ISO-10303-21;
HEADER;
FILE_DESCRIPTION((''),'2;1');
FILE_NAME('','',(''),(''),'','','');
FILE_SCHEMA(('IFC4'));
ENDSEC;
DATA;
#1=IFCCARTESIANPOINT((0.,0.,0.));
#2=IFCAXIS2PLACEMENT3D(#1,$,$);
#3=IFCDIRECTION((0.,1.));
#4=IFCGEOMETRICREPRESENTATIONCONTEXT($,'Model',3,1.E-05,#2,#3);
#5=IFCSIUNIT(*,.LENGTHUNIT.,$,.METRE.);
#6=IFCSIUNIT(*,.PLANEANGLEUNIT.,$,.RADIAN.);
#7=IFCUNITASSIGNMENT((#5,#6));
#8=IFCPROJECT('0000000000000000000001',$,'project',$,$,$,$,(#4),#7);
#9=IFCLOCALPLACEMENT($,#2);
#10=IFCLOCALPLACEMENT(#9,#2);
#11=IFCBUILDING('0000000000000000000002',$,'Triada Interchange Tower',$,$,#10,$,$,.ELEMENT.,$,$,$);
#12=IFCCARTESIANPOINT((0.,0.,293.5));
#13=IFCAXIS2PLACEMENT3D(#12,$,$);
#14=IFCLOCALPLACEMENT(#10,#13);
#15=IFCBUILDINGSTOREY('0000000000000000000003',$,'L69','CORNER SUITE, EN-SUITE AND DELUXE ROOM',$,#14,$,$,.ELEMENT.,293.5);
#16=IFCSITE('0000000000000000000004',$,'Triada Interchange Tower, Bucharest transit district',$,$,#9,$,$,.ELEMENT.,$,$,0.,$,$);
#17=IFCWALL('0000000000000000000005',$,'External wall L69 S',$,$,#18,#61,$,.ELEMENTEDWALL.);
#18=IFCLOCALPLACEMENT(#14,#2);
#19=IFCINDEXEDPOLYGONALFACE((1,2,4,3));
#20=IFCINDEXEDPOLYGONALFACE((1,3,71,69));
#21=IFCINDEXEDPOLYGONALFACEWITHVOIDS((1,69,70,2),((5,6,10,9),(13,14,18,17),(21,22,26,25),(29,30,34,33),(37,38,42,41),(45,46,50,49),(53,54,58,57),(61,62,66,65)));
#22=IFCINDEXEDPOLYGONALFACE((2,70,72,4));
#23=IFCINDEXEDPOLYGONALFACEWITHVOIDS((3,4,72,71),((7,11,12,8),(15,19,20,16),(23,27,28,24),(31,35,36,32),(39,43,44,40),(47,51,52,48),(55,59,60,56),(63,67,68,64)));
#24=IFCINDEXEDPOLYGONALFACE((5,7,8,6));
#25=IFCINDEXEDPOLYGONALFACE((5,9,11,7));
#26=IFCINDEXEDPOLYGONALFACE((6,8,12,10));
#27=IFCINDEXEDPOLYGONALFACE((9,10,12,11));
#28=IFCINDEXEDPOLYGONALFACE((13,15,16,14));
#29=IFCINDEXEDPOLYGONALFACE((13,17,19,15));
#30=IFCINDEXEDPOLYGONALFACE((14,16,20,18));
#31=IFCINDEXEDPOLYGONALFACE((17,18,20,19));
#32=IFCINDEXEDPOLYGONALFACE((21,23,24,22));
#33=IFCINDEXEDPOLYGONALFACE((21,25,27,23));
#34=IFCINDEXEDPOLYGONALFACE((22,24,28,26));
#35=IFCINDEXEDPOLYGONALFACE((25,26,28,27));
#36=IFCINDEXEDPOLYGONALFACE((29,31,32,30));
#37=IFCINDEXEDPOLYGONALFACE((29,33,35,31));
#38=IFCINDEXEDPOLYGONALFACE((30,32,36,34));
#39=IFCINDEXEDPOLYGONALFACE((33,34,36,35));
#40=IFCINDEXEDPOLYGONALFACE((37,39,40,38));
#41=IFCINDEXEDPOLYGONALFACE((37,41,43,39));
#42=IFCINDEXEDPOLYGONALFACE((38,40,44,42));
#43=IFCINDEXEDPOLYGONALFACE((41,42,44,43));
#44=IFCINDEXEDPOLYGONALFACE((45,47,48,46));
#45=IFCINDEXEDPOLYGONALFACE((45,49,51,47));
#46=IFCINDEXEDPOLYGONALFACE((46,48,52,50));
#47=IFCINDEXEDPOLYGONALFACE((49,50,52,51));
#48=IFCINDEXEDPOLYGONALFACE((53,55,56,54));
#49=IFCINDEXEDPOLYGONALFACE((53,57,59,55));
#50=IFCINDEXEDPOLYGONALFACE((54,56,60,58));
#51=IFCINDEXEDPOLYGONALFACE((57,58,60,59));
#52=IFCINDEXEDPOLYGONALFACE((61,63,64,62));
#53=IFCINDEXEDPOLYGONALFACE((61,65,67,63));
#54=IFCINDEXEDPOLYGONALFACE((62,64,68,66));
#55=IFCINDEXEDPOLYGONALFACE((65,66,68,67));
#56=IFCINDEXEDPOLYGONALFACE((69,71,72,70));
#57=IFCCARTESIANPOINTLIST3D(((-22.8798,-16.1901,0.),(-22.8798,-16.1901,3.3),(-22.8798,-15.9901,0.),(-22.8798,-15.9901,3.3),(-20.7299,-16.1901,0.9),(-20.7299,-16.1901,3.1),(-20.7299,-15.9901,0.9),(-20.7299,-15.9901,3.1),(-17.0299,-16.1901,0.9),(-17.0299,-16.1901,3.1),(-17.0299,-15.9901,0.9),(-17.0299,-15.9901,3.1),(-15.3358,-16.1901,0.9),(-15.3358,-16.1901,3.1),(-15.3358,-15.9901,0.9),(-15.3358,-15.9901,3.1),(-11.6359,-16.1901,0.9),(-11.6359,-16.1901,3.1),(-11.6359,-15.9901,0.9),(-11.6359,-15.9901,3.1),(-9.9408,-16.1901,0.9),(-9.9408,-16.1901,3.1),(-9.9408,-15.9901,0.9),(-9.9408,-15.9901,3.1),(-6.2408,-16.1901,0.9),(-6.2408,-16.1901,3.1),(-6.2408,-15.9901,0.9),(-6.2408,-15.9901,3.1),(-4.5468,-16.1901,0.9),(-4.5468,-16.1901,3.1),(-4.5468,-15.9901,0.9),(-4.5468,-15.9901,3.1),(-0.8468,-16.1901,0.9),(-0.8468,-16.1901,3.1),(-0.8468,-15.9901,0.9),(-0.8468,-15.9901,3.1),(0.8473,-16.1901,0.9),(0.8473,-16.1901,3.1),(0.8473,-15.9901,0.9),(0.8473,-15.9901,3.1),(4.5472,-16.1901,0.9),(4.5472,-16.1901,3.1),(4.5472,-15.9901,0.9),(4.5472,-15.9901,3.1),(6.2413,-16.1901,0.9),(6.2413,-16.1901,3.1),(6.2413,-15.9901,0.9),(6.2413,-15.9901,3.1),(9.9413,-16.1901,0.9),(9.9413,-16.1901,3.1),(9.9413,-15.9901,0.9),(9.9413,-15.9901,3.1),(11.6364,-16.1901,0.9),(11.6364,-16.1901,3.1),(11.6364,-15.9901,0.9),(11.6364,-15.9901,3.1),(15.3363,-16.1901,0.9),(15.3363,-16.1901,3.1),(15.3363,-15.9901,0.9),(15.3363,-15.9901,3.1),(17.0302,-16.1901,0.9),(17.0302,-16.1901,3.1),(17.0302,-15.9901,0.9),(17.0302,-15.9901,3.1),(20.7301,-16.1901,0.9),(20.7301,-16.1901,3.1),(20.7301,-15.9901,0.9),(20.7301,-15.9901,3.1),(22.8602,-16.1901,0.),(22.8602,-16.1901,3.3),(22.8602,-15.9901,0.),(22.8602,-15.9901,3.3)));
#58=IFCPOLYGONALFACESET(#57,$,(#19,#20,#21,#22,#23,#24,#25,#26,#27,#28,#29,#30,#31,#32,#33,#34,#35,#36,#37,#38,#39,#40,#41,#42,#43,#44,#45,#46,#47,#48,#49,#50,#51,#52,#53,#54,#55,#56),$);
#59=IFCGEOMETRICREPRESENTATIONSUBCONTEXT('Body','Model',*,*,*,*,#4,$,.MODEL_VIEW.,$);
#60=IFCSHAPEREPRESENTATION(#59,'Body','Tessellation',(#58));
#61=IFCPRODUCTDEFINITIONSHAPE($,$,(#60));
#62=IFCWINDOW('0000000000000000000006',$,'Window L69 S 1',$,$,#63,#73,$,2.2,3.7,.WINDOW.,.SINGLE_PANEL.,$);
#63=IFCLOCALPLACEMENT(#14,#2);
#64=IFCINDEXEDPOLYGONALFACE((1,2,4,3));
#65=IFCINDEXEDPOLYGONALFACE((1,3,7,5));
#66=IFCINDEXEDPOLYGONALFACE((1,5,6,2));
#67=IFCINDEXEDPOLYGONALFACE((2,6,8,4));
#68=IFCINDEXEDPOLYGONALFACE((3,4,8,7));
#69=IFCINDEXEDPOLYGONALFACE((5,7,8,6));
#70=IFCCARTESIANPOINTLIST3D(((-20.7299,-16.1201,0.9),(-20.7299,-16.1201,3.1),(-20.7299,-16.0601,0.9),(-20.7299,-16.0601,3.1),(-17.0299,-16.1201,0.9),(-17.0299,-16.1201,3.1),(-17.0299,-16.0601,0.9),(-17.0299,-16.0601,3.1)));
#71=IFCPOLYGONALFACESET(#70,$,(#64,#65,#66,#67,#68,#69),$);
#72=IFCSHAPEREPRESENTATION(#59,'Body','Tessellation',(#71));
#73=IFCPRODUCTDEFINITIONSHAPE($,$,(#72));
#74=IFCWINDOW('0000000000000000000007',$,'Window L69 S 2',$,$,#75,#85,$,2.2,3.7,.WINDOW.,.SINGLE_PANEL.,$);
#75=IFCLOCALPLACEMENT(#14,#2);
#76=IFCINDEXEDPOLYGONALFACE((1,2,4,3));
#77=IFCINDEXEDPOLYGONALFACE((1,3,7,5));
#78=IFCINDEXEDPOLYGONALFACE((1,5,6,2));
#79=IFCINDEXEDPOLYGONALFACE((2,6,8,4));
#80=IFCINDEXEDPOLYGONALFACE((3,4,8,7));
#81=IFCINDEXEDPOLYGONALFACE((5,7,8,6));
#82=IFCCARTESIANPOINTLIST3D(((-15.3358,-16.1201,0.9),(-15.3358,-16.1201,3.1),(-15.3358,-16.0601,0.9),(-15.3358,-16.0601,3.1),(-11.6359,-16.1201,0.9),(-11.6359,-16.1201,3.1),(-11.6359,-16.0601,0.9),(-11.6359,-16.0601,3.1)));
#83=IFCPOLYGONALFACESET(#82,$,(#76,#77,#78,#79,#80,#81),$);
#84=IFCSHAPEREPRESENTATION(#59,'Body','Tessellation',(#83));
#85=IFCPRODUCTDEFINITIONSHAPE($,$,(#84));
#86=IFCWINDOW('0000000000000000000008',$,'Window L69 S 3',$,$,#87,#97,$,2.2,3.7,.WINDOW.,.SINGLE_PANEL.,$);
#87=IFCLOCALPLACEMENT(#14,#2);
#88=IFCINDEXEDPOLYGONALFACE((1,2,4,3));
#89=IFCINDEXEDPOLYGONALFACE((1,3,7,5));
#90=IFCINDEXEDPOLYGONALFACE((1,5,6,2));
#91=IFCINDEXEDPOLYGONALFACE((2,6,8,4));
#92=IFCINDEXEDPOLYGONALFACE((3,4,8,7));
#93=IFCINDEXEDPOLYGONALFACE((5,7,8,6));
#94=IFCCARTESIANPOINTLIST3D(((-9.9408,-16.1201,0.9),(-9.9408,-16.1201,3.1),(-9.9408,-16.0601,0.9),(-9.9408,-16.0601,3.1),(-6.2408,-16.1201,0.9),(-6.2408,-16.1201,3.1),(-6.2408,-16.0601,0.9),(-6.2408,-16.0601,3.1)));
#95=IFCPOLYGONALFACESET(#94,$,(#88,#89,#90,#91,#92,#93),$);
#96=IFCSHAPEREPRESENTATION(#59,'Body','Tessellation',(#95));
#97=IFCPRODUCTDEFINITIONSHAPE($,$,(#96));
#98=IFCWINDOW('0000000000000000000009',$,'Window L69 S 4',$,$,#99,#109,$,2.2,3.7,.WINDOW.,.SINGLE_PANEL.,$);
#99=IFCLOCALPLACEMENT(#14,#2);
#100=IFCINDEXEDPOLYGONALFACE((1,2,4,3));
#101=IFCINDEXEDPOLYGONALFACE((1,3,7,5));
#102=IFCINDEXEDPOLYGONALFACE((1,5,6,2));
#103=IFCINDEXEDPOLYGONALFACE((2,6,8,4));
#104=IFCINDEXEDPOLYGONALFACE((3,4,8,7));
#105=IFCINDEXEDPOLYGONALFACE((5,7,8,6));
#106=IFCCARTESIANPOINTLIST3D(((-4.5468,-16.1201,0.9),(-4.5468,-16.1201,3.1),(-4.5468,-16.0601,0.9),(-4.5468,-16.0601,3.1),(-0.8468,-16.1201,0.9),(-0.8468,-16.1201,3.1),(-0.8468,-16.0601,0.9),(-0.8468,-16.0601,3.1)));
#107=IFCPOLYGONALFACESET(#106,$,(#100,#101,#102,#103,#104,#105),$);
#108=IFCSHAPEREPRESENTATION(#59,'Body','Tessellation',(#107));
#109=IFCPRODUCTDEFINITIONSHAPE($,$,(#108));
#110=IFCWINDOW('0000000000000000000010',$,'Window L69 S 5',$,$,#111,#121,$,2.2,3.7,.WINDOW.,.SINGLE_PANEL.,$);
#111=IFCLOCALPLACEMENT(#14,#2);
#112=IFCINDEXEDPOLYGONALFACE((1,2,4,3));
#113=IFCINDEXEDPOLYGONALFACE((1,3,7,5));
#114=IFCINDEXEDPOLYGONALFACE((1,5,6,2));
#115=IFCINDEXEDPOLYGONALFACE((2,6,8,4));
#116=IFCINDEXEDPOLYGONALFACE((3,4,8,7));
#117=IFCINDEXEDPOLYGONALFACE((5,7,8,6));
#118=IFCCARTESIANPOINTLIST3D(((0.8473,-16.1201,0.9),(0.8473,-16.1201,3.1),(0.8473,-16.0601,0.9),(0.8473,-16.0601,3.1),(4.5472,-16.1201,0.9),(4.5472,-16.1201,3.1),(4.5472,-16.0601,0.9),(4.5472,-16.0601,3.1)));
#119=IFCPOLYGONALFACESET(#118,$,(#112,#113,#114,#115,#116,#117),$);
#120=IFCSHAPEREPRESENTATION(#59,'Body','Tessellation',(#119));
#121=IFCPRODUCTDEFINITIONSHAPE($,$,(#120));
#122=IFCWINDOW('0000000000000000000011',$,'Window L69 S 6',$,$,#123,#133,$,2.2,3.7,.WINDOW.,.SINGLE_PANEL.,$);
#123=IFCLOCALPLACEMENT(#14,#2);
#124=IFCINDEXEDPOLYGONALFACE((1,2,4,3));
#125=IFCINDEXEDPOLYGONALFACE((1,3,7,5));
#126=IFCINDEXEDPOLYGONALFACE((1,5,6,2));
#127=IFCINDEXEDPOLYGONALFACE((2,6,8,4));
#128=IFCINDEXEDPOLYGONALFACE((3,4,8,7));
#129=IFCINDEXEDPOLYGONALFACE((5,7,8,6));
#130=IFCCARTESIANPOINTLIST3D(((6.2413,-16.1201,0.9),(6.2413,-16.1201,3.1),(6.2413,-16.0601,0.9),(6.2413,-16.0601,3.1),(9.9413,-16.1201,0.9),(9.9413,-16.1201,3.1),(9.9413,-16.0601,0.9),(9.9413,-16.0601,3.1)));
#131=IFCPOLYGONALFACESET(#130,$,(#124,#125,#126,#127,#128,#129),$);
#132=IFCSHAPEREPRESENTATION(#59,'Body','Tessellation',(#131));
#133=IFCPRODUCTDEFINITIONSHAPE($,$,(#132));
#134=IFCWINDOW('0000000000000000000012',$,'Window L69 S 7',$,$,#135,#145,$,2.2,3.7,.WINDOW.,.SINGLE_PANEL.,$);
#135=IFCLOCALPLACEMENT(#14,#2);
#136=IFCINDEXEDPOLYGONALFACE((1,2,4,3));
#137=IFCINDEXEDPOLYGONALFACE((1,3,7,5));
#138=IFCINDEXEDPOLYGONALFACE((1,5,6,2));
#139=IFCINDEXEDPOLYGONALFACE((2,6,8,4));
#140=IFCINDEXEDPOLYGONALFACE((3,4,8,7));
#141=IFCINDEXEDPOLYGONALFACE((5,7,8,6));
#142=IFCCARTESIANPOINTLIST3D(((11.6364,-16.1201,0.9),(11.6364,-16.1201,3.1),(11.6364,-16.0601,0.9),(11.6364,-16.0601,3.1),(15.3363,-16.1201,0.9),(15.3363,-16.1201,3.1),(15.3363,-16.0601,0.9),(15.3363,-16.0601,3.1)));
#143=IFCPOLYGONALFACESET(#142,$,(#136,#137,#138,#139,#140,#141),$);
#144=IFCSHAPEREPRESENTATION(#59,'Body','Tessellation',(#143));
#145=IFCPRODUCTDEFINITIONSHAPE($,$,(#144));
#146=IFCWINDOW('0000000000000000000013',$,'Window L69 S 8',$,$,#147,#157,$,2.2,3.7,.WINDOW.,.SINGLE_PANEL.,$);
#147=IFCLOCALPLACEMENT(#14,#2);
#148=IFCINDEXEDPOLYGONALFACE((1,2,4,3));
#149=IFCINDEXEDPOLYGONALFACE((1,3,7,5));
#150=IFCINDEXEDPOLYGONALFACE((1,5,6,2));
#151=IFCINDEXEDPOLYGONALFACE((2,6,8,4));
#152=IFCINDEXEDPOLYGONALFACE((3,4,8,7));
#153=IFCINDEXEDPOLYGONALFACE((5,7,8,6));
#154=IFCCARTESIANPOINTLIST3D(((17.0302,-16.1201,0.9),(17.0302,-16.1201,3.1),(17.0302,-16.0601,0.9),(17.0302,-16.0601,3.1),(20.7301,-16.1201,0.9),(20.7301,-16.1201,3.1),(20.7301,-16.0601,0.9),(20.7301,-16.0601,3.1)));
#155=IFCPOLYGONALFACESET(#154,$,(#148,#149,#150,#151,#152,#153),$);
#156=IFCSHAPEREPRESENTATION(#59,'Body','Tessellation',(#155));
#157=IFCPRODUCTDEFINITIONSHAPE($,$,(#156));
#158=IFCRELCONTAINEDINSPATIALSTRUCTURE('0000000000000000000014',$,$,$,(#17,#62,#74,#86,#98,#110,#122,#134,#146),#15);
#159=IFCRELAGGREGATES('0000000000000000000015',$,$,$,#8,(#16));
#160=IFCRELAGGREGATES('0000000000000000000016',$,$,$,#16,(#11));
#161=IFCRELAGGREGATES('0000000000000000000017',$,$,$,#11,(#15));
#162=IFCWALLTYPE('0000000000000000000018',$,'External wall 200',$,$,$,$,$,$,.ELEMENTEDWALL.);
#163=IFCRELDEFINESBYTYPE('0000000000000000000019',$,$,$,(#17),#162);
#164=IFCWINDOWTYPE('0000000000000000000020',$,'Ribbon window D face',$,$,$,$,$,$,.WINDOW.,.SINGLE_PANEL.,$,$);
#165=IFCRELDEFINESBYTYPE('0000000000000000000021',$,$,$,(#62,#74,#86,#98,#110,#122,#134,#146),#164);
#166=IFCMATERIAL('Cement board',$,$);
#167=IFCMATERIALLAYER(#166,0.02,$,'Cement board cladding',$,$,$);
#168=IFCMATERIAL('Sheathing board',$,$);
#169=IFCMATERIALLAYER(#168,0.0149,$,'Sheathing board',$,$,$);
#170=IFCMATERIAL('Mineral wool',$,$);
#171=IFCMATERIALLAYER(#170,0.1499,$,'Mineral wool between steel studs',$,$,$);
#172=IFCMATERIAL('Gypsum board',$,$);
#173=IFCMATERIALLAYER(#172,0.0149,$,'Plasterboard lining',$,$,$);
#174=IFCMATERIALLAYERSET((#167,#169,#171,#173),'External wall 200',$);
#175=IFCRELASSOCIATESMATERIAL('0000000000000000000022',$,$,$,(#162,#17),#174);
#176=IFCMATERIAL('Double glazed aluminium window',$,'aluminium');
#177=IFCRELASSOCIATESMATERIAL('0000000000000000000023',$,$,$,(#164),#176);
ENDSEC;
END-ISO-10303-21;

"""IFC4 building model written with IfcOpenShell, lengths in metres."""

from ifc_helpers import new_model, si_unit, direction, frame, frame_2d, origin, place, context, subcontext, project, spatial, rectangle, extrude, material, layer, layer_set, layer_usage, type_object, element, fill, save


model = new_model("IFC4")

# Units and contexts
model_context = context("Model", 3, precision=1e-05, world=origin(), true_north=direction((0.0, 1.0)))
body_context = subcontext(model_context, "Body", "Model", "MODEL_VIEW")
ifc_project = project(units=[si_unit("LENGTHUNIT", "METRE"), si_unit("PLANEANGLEUNIT", "RADIAN")], contexts=[model_context])

# Site, building, storey
site_placement = place(None, origin())
site = spatial("IfcSite", under=ifc_project, at=site_placement, Name="Triada Interchange Tower, Bucharest transit district", CompositionType="ELEMENT", RefElevation=0.0)
building_placement = place(site_placement, origin())
building = spatial("IfcBuilding", under=site, at=building_placement, Name="Triada Interchange Tower", CompositionType="ELEMENT")
storey_placement = place(building_placement, frame((0.0, 0.0, 293.5)))
storey = spatial("IfcBuildingStorey", under=building, at=storey_placement, Name="L69", Description="CORNER SUITE, EN-SUITE AND DELUXE ROOM", CompositionType="ELEMENT", Elevation=293.5)

# Shared definitions
ifc_material_1 = material(Name="Cement board")
ifc_layer_1 = layer(ifc_material_1, 0.02, Name="Cement board cladding")
ifc_material_2 = material(Name="Sheathing board")
ifc_layer_2 = layer(ifc_material_2, 0.0149, Name="Sheathing board")
ifc_material_3 = material(Name="Mineral wool")
ifc_layer_3 = layer(ifc_material_3, 0.1499, Name="Mineral wool between steel studs")
ifc_material_4 = material(Name="Gypsum board")
ifc_layer_4 = layer(ifc_material_4, 0.0149, Name="Plasterboard lining")
ifc_layer_set_1 = layer_set([ifc_layer_1, ifc_layer_2, ifc_layer_3, ifc_layer_4], Name="External wall 200")
ifc_layer_usage = layer_usage(ifc_layer_set_1, "AXIS2", "POSITIVE", -0.1001)
wall_type = type_object("IfcWallType", Name="External wall 200", PredefinedType="ELEMENTEDWALL", material=ifc_layer_set_1)
ifc_material_5 = material(Name="Double glazed aluminium window", Category="aluminium")

# Wall, openings, windows
wall_1_placement = place(storey_placement, frame((-22.8799, -16.0901, 0.0), z_axis=(0.0, 0.0, 1.0), x_axis=(1.0, 0.0, 0.0)))
wall_1 = element("IfcWall", 1, at=wall_1_placement, inside=storey, type_object=wall_type, material=ifc_layer_usage, Name="External wall L69 S", PredefinedType="ELEMENTEDWALL", context=body_context, shape_type="SweptSolid", body=[
    extrude(rectangle(XDim=45.74, YDim=0.2, at=frame_2d((22.8701, 0.0))), origin(), (0.0, 0.0, 1.0), 3.3),
])
opening_1_placement = place(wall_1_placement, frame((2.1499, 0.0, 0.8999)))
opening_1 = element("IfcOpeningElement", 2, at=opening_1_placement, cuts=wall_1, PredefinedType="OPENING", context=body_context, shape_type="SweptSolid", body=[
    extrude(rectangle(XDim=3.7, YDim=2.2, at=frame_2d((1.8501, 1.1001))), frame((0.0, 0.1099, 0.0), z_axis=(0.0, -1.0, 0.0), x_axis=(1.0, 0.0, 0.0)), (0.0, 0.0, 1.0), 0.22),
])
opening_2_placement = place(wall_1_placement, frame((7.5439, 0.0, 0.8999)))
opening_2 = element("IfcOpeningElement", 3, at=opening_2_placement, cuts=wall_1, PredefinedType="OPENING", context=body_context, shape_type="SweptSolid", body=[
    extrude(rectangle(XDim=3.7, YDim=2.2, at=frame_2d((1.8501, 1.1001))), frame((0.0, 0.1099, 0.0), z_axis=(0.0, -1.0, 0.0), x_axis=(1.0, 0.0, 0.0)), (0.0, 0.0, 1.0), 0.22),
])
opening_3_placement = place(wall_1_placement, frame((12.939, 0.0, 0.8999)))
opening_3 = element("IfcOpeningElement", 4, at=opening_3_placement, cuts=wall_1, PredefinedType="OPENING", context=body_context, shape_type="SweptSolid", body=[
    extrude(rectangle(XDim=3.7, YDim=2.2, at=frame_2d((1.8501, 1.1001))), frame((0.0, 0.1099, 0.0), z_axis=(0.0, -1.0, 0.0), x_axis=(1.0, 0.0, 0.0)), (0.0, 0.0, 1.0), 0.22),
])
opening_4_placement = place(wall_1_placement, frame((18.333, 0.0, 0.8999)))
opening_4 = element("IfcOpeningElement", 5, at=opening_4_placement, cuts=wall_1, PredefinedType="OPENING", context=body_context, shape_type="SweptSolid", body=[
    extrude(rectangle(XDim=3.7, YDim=2.2, at=frame_2d((1.8501, 1.1001))), frame((0.0, 0.1099, 0.0), z_axis=(0.0, -1.0, 0.0), x_axis=(1.0, 0.0, 0.0)), (0.0, 0.0, 1.0), 0.22),
])
opening_5_placement = place(wall_1_placement, frame((23.7271, 0.0, 0.8999)))
opening_5 = element("IfcOpeningElement", 6, at=opening_5_placement, cuts=wall_1, PredefinedType="OPENING", context=body_context, shape_type="SweptSolid", body=[
    extrude(rectangle(XDim=3.7, YDim=2.2, at=frame_2d((1.8501, 1.1001))), frame((0.0, 0.1099, 0.0), z_axis=(0.0, -1.0, 0.0), x_axis=(1.0, 0.0, 0.0)), (0.0, 0.0, 1.0), 0.22),
])
opening_6_placement = place(wall_1_placement, frame((29.1211, 0.0, 0.8999)))
opening_6 = element("IfcOpeningElement", 7, at=opening_6_placement, cuts=wall_1, PredefinedType="OPENING", context=body_context, shape_type="SweptSolid", body=[
    extrude(rectangle(XDim=3.7, YDim=2.2, at=frame_2d((1.8501, 1.1001))), frame((0.0, 0.1099, 0.0), z_axis=(0.0, -1.0, 0.0), x_axis=(1.0, 0.0, 0.0)), (0.0, 0.0, 1.0), 0.22),
])
opening_7_placement = place(wall_1_placement, frame((34.5161, 0.0, 0.8999)))
opening_7 = element("IfcOpeningElement", 8, at=opening_7_placement, cuts=wall_1, PredefinedType="OPENING", context=body_context, shape_type="SweptSolid", body=[
    extrude(rectangle(XDim=3.7, YDim=2.2, at=frame_2d((1.8501, 1.1001))), frame((0.0, 0.1099, 0.0), z_axis=(0.0, -1.0, 0.0), x_axis=(1.0, 0.0, 0.0)), (0.0, 0.0, 1.0), 0.22),
])
opening_8_placement = place(wall_1_placement, frame((39.9099, 0.0, 0.8999)))
opening_8 = element("IfcOpeningElement", 9, at=opening_8_placement, cuts=wall_1, PredefinedType="OPENING", context=body_context, shape_type="SweptSolid", body=[
    extrude(rectangle(XDim=3.7, YDim=2.2, at=frame_2d((1.8501, 1.1001))), frame((0.0, 0.1099, 0.0), z_axis=(0.0, -1.0, 0.0), x_axis=(1.0, 0.0, 0.0)), (0.0, 0.0, 1.0), 0.22),
])
window_type_1 = type_object("IfcWindowType", Name="Ribbon window D face", PartitioningType="SINGLE_PANEL", PredefinedType="WINDOW", material=ifc_material_5)
window_1_placement = place(opening_1_placement, origin())
window_1 = element("IfcWindow", 10, at=window_1_placement, inside=storey, type_object=window_type_1, Name="Window L69 S 1", OverallHeight=2.2, OverallWidth=3.7, PartitioningType="SINGLE_PANEL", PredefinedType="WINDOW", context=body_context, shape_type="SweptSolid", body=[
    extrude(rectangle(XDim=3.7, YDim=2.2, at=frame_2d((1.8501, 1.1001))), frame((0.0, 0.03, 0.0), z_axis=(0.0, -1.0, 0.0), x_axis=(1.0, 0.0, 0.0)), (0.0, 0.0, 1.0), 0.0601),
])
fill(opening_1, window_1)
window_2_placement = place(opening_2_placement, origin())
window_2 = element("IfcWindow", 11, at=window_2_placement, inside=storey, type_object=window_type_1, Name="Window L69 S 2", OverallHeight=2.2, OverallWidth=3.7, PartitioningType="SINGLE_PANEL", PredefinedType="WINDOW", context=body_context, shape_type="SweptSolid", body=[
    extrude(rectangle(XDim=3.7, YDim=2.2, at=frame_2d((1.8501, 1.1001))), frame((0.0, 0.03, 0.0), z_axis=(0.0, -1.0, 0.0), x_axis=(1.0, 0.0, 0.0)), (0.0, 0.0, 1.0), 0.0601),
])
fill(opening_2, window_2)
window_3_placement = place(opening_3_placement, origin())
window_3 = element("IfcWindow", 12, at=window_3_placement, inside=storey, type_object=window_type_1, Name="Window L69 S 3", OverallHeight=2.2, OverallWidth=3.7, PartitioningType="SINGLE_PANEL", PredefinedType="WINDOW", context=body_context, shape_type="SweptSolid", body=[
    extrude(rectangle(XDim=3.7, YDim=2.2, at=frame_2d((1.8501, 1.1001))), frame((0.0, 0.03, 0.0), z_axis=(0.0, -1.0, 0.0), x_axis=(1.0, 0.0, 0.0)), (0.0, 0.0, 1.0), 0.0601),
])
fill(opening_3, window_3)
window_4_placement = place(opening_4_placement, origin())
window_4 = element("IfcWindow", 13, at=window_4_placement, inside=storey, type_object=window_type_1, Name="Window L69 S 4", OverallHeight=2.2, OverallWidth=3.7, PartitioningType="SINGLE_PANEL", PredefinedType="WINDOW", context=body_context, shape_type="SweptSolid", body=[
    extrude(rectangle(XDim=3.7, YDim=2.2, at=frame_2d((1.8501, 1.1001))), frame((0.0, 0.03, 0.0), z_axis=(0.0, -1.0, 0.0), x_axis=(1.0, 0.0, 0.0)), (0.0, 0.0, 1.0), 0.0601),
])
fill(opening_4, window_4)
window_5_placement = place(opening_5_placement, origin())
window_5 = element("IfcWindow", 14, at=window_5_placement, inside=storey, type_object=window_type_1, Name="Window L69 S 5", OverallHeight=2.2, OverallWidth=3.7, PartitioningType="SINGLE_PANEL", PredefinedType="WINDOW", context=body_context, shape_type="SweptSolid", body=[
    extrude(rectangle(XDim=3.7, YDim=2.2, at=frame_2d((1.8501, 1.1001))), frame((0.0, 0.03, 0.0), z_axis=(0.0, -1.0, 0.0), x_axis=(1.0, 0.0, 0.0)), (0.0, 0.0, 1.0), 0.0601),
])
fill(opening_5, window_5)
window_6_placement = place(opening_6_placement, origin())
window_6 = element("IfcWindow", 15, at=window_6_placement, inside=storey, type_object=window_type_1, Name="Window L69 S 6", OverallHeight=2.2, OverallWidth=3.7, PartitioningType="SINGLE_PANEL", PredefinedType="WINDOW", context=body_context, shape_type="SweptSolid", body=[
    extrude(rectangle(XDim=3.7, YDim=2.2, at=frame_2d((1.8501, 1.1001))), frame((0.0, 0.03, 0.0), z_axis=(0.0, -1.0, 0.0), x_axis=(1.0, 0.0, 0.0)), (0.0, 0.0, 1.0), 0.0601),
])
fill(opening_6, window_6)
window_7_placement = place(opening_7_placement, origin())
window_7 = element("IfcWindow", 16, at=window_7_placement, inside=storey, type_object=window_type_1, Name="Window L69 S 7", OverallHeight=2.2, OverallWidth=3.7, PartitioningType="SINGLE_PANEL", PredefinedType="WINDOW", context=body_context, shape_type="SweptSolid", body=[
    extrude(rectangle(XDim=3.7, YDim=2.2, at=frame_2d((1.8501, 1.1001))), frame((0.0, 0.03, 0.0), z_axis=(0.0, -1.0, 0.0), x_axis=(1.0, 0.0, 0.0)), (0.0, 0.0, 1.0), 0.0601),
])
fill(opening_7, window_7)
window_8_placement = place(opening_8_placement, origin())
window_8 = element("IfcWindow", 17, at=window_8_placement, inside=storey, type_object=window_type_1, Name="Window L69 S 8", OverallHeight=2.2, OverallWidth=3.7, PartitioningType="SINGLE_PANEL", PredefinedType="WINDOW", context=body_context, shape_type="SweptSolid", body=[
    extrude(rectangle(XDim=3.7, YDim=2.2, at=frame_2d((1.8501, 1.1001))), frame((0.0, 0.03, 0.0), z_axis=(0.0, -1.0, 0.0), x_axis=(1.0, 0.0, 0.0)), (0.0, 0.0, 1.0), 0.0601),
])
fill(opening_8, window_8)

save(model, "model.ifc")
